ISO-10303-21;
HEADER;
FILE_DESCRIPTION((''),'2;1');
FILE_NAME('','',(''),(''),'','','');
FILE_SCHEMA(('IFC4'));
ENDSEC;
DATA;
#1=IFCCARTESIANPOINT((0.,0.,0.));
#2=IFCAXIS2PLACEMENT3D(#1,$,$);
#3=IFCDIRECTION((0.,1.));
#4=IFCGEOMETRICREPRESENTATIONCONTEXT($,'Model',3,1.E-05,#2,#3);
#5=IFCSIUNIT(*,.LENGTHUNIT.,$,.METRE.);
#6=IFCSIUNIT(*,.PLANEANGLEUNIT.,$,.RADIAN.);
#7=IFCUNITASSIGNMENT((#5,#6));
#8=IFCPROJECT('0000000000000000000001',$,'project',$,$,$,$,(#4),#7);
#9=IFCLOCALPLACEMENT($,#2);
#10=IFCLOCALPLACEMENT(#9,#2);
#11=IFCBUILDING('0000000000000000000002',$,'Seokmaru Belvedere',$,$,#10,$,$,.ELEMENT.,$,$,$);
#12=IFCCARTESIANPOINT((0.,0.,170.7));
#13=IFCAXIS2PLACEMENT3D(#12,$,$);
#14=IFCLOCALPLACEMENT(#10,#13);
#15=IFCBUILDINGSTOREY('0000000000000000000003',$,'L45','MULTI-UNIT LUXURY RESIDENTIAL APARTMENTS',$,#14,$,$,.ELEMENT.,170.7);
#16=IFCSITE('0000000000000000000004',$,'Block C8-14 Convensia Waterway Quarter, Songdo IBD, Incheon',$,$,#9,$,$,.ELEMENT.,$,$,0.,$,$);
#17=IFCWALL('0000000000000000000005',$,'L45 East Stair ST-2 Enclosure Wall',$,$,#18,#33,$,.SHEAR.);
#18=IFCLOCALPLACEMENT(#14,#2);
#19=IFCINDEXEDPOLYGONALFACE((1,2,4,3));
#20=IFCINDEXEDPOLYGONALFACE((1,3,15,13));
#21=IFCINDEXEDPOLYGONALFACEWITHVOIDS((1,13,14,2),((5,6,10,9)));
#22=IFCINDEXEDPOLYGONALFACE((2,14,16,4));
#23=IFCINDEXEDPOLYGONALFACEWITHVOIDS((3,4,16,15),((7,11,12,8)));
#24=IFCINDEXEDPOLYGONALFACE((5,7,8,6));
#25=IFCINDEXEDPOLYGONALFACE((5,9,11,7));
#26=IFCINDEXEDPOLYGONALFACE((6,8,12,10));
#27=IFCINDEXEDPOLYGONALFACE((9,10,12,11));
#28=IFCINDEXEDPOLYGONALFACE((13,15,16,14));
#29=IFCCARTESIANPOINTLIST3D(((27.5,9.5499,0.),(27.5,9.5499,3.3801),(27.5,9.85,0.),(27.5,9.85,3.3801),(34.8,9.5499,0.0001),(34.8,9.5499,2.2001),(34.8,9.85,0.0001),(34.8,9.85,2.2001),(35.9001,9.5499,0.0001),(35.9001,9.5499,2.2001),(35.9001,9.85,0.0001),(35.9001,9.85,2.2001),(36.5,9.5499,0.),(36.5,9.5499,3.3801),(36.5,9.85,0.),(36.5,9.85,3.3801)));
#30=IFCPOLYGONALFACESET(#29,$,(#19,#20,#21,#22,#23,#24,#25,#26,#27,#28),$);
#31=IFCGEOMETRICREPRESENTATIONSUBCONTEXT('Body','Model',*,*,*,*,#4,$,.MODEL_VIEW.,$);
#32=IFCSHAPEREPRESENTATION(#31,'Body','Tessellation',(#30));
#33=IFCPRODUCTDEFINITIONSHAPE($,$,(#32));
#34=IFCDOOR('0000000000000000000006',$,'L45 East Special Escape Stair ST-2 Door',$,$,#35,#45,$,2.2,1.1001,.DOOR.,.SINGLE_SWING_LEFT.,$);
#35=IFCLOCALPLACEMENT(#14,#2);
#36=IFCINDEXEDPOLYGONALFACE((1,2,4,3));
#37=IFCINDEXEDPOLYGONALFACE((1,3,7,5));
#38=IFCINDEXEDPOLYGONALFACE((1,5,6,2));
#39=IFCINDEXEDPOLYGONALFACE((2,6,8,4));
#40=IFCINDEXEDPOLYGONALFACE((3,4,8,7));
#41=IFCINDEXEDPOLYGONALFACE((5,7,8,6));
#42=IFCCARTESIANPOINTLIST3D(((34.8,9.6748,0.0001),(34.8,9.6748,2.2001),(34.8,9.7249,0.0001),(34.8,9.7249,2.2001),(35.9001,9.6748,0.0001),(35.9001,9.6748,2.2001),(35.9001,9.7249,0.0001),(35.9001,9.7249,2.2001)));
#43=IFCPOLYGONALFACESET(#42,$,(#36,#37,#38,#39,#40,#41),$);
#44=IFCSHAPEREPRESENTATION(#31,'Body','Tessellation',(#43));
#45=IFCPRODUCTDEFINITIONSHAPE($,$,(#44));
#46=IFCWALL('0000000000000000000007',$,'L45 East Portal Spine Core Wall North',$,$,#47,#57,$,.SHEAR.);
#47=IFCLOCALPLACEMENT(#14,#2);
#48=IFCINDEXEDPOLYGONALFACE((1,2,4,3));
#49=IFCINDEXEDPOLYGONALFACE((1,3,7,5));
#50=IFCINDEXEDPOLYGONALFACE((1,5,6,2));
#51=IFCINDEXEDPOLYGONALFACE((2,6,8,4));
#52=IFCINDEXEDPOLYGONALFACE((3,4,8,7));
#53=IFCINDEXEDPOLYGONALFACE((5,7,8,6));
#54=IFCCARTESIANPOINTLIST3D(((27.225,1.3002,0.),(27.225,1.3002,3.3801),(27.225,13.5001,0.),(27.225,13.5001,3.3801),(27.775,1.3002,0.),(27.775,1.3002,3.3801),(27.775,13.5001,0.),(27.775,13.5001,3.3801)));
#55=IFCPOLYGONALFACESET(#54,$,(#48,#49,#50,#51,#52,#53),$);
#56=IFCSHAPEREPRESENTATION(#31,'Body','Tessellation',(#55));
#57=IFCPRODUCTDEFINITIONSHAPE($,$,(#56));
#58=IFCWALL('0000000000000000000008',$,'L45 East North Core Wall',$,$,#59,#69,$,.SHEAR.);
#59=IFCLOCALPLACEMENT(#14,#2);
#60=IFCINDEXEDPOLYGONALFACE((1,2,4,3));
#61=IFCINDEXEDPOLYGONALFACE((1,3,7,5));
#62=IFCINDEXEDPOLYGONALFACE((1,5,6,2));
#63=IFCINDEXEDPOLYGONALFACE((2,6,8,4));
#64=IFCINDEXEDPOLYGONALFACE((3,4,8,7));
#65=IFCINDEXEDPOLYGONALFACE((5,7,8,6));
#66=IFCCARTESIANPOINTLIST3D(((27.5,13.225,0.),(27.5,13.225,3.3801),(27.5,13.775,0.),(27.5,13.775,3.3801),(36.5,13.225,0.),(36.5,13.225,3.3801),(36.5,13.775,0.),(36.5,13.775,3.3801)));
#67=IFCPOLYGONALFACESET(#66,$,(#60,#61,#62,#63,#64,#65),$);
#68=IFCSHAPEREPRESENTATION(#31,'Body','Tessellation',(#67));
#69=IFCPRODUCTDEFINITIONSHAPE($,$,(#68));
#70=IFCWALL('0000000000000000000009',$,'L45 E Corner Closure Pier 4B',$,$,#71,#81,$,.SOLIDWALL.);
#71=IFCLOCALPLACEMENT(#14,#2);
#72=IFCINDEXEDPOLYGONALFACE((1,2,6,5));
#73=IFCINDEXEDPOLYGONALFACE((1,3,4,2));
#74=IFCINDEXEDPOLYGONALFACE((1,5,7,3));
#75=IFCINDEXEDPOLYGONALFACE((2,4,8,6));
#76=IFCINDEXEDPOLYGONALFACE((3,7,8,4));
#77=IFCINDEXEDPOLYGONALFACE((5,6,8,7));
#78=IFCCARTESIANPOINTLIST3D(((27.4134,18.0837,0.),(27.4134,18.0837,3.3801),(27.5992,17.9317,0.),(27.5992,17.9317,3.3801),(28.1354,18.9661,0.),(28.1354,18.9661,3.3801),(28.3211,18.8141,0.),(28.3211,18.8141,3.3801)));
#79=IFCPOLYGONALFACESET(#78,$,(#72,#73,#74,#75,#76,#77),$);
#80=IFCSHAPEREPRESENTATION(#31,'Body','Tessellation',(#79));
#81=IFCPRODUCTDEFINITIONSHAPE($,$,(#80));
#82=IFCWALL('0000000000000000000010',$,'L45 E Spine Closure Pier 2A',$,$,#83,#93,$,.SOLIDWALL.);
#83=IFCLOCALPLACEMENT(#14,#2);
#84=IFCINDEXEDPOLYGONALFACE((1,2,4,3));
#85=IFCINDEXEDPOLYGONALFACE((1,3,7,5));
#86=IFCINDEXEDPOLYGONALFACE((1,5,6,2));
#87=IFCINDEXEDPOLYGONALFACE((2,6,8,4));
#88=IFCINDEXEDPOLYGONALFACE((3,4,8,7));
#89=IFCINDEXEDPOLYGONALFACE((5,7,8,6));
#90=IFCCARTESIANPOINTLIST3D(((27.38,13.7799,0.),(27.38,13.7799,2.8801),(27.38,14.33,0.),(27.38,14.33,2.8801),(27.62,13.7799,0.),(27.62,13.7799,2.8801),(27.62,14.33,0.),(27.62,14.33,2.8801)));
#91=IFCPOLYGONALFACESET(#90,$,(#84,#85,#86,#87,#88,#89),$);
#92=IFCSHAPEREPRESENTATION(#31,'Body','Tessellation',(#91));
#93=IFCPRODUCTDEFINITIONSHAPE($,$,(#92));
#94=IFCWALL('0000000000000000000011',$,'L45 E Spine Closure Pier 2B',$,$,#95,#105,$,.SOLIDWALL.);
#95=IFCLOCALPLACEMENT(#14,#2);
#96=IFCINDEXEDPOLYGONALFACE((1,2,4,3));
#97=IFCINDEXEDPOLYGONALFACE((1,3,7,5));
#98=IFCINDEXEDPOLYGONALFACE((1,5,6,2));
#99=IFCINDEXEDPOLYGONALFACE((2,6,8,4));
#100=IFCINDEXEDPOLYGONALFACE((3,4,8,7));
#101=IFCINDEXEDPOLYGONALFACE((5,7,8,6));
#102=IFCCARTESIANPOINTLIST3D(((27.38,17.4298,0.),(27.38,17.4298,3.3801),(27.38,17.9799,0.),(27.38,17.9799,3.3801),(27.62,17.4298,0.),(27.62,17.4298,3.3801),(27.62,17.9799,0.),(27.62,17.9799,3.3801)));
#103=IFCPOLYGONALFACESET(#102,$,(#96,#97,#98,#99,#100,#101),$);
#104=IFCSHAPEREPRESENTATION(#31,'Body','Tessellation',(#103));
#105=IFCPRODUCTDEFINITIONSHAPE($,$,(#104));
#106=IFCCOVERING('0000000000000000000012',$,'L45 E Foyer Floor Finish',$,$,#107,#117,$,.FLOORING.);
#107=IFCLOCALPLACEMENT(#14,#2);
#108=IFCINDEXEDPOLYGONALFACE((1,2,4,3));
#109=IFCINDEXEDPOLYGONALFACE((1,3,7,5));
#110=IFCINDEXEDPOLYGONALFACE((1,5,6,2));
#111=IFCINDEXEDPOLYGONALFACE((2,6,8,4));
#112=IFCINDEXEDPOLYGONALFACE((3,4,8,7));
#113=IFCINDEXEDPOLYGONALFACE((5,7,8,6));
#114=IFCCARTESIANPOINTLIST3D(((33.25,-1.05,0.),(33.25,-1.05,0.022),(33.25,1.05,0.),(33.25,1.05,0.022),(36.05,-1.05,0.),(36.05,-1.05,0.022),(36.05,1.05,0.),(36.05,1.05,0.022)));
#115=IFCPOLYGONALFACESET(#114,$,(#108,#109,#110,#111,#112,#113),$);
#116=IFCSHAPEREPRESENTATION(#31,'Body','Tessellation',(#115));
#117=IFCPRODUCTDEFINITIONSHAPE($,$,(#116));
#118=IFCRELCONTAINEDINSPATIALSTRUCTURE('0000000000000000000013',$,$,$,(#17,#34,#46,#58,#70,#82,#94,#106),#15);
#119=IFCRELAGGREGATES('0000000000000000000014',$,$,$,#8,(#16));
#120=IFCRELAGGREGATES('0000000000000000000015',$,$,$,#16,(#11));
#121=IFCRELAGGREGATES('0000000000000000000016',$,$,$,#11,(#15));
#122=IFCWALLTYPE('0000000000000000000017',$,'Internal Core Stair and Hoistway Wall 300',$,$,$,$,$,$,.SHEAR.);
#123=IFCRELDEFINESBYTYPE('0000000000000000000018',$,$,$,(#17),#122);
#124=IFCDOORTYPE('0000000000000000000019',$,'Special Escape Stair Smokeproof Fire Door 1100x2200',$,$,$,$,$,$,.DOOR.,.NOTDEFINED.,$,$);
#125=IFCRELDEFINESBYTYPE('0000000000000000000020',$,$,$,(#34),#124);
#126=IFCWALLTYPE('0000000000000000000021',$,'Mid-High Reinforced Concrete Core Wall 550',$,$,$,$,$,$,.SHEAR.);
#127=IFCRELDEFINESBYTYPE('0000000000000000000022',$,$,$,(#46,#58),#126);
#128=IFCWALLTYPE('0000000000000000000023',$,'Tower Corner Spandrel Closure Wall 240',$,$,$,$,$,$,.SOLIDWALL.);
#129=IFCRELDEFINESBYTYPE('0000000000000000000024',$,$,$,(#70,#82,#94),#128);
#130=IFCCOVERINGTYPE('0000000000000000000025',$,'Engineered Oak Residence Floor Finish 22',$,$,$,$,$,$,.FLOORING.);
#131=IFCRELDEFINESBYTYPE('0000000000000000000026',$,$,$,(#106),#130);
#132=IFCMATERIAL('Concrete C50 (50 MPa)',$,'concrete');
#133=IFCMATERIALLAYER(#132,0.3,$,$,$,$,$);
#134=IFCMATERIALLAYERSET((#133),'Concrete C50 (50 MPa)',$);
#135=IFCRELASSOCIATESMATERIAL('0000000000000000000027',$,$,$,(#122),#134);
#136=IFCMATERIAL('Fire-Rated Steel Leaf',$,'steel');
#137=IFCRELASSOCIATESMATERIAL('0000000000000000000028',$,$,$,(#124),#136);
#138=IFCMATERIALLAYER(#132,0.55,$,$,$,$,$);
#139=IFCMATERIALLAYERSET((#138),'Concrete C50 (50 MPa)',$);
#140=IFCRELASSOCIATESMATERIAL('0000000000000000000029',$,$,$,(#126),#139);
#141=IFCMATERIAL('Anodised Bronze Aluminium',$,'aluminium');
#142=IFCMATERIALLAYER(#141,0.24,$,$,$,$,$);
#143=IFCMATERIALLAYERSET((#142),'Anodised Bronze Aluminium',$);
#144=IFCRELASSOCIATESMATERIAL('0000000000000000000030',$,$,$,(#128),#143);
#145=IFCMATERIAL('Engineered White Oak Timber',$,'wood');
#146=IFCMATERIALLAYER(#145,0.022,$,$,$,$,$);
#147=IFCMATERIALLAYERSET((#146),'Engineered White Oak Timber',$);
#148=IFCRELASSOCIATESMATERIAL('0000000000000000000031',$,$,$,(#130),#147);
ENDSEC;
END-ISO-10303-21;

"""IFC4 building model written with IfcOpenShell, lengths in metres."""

from ifc_helpers import new_model, si_unit, direction, frame, frame_2d, origin, place, context, subcontext, project, spatial, polyline, rectangle, outline, extrude, source, transform, mapped, material, layer, layer_set, type_object, type_shapes, element, fill, save


model = new_model("IFC4")

# Units and contexts
model_context = context("Model", 3, precision=1e-05, world=origin(), true_north=direction((0.0, 1.0)))
body_context = subcontext(model_context, "Body", "Model", "MODEL_VIEW")
ifc_project = project(units=[si_unit("LENGTHUNIT", "METRE"), si_unit("PLANEANGLEUNIT", "RADIAN")], contexts=[model_context])

# Site, building, storey
site_placement = place(None, origin())
site = spatial("IfcSite", under=ifc_project, at=site_placement, Name="Block C8-14 Convensia Waterway Quarter, Songdo IBD, Incheon", CompositionType="ELEMENT", RefElevation=0.0)
building_placement = place(site_placement, origin())
building = spatial("IfcBuilding", under=site, at=building_placement, Name="Seokmaru Belvedere", CompositionType="ELEMENT")
storey_placement = place(building_placement, frame((0.0, 0.0, 170.7)))
storey = spatial("IfcBuildingStorey", under=building, at=storey_placement, Name="L45", Description="MULTI-UNIT LUXURY RESIDENTIAL APARTMENTS", CompositionType="ELEMENT", Elevation=170.7)

# Shared definitions
ifc_material_1 = material(Name="Anodised Bronze Aluminium", Category="aluminium")

# Shared definitions
ifc_material_2 = material(Name="Concrete C50 (50 MPa)", Category="concrete")

# Wall, opening, door
ifc_layer_1 = layer(ifc_material_2, 0.3)
ifc_layer_set_1 = layer_set([ifc_layer_1], Name="Concrete C50 (50 MPa)")
wall_type_1 = type_object("IfcWallType", Name="Internal Core Stair and Hoistway Wall 300", PredefinedType="SHEAR", material=ifc_layer_set_1)
wall_1_placement = place(storey_placement, frame((27.5, 9.7, 0.0), z_axis=(0.0, 0.0, 1.0), x_axis=(1.0, 0.0, 0.0)))
wall_1 = element("IfcWall", 1, at=wall_1_placement, inside=storey, type_object=wall_type_1, Name="L45 East Stair ST-2 Enclosure Wall", PredefinedType="SHEAR", context=body_context, shape_type="SweptSolid", body=[
    extrude(rectangle(XDim=9.0, YDim=0.3, at=frame_2d((4.5, 0.0))), origin(), (0.0, 0.0, 1.0), 3.3801),
])
opening_placement = place(wall_1_placement, frame((7.3, 0.0, 0.0)))
opening = element("IfcOpeningElement", 2, at=opening_placement, cuts=wall_1, PredefinedType="OPENING", context=body_context, shape_type="SweptSolid", body=[
    extrude(rectangle(XDim=1.1001, YDim=2.2, at=frame_2d((0.55, 1.1001))), frame((0.0, 0.1602, 0.0), z_axis=(0.0, -1.0, 0.0), x_axis=(1.0, 0.0, 0.0)), (0.0, 0.0, 1.0), 0.3201),
])
ifc_material_3 = material(Name="Fire-Rated Steel Leaf", Category="steel")
door_type = type_object("IfcDoorType", Name="Special Escape Stair Smokeproof Fire Door 1100x2200", OperationType="NOTDEFINED", PredefinedType="DOOR", material=ifc_material_3)
shared_shape_1 = source(origin(), body_context, "Body", "SweptSolid", [
    extrude(rectangle(XDim=1.1001, YDim=2.2, at=frame_2d((0.55, 1.1001))), frame((0.0, 0.0249, 0.0), z_axis=(0.0, -1.0, 0.0), x_axis=(1.0, 0.0, 0.0)), (0.0, 0.0, 1.0), 0.05),
])
type_shapes(door_type, [shared_shape_1])
door_placement = place(opening_placement, origin())
door = element("IfcDoor", 3, at=door_placement, inside=storey, type_object=door_type, Name="L45 East Special Escape Stair ST-2 Door", OperationType="SINGLE_SWING_LEFT", OverallHeight=2.2, OverallWidth=1.1001, PredefinedType="DOOR", context=body_context, shape_type="MappedRepresentation", body=[
    mapped(shared_shape_1, transform((0.0, 0.0, 0.0), scale=1.0)),
])
fill(opening, door)

# Walls
ifc_layer_2 = layer(ifc_material_2, 0.55)
ifc_layer_set_2 = layer_set([ifc_layer_2], Name="Concrete C50 (50 MPa)")
wall_type_2 = type_object("IfcWallType", Name="Mid-High Reinforced Concrete Core Wall 550", PredefinedType="SHEAR", material=ifc_layer_set_2)
wall_2_placement = place(storey_placement, frame((27.5, 1.3, 0.0), z_axis=(0.0, 0.0, 1.0), x_axis=(0.0, 1.0, 0.0)))
element("IfcWall", 4, at=wall_2_placement, inside=storey, type_object=wall_type_2, Name="L45 East Portal Spine Core Wall North", PredefinedType="SHEAR", context=body_context, shape_type="SweptSolid", body=[
    extrude(rectangle(XDim=12.2, YDim=0.55, at=frame_2d((6.1001, 0.0))), origin(), (0.0, 0.0, 1.0), 3.3801),
])
wall_3_placement = place(storey_placement, frame((27.5, 13.5, 0.0), z_axis=(0.0, 0.0, 1.0), x_axis=(1.0, 0.0, 0.0)))
element("IfcWall", 5, at=wall_3_placement, inside=storey, type_object=wall_type_2, Name="L45 East North Core Wall", PredefinedType="SHEAR", context=body_context, shape_type="SweptSolid", body=[
    extrude(rectangle(XDim=9.0, YDim=0.55, at=frame_2d((4.5, 0.0))), origin(), (0.0, 0.0, 1.0), 3.3801),
])
ifc_layer_3 = layer(ifc_material_1, 0.24)
ifc_layer_set_3 = layer_set([ifc_layer_3], Name="Anodised Bronze Aluminium")
wall_type_3 = type_object("IfcWallType", Name="Tower Corner Spandrel Closure Wall 240", PredefinedType="SOLIDWALL", material=ifc_layer_set_3)
wall_4_placement = place(storey_placement, frame((28.2283, 18.8901, 0.0), z_axis=(0.0, 0.0, 1.0), x_axis=(-0.633249, -0.773948, 0.0)))
element("IfcWall", 6, at=wall_4_placement, inside=storey, type_object=wall_type_3, Name="L45 E Corner Closure Pier 4B", PredefinedType="SOLIDWALL", context=body_context, shape_type="SweptSolid", body=[
    extrude(rectangle(XDim=1.1401, YDim=0.24, at=frame_2d((0.5701, 0.0))), origin(), (0.0, 0.0, 1.0), 3.3801),
])
wall_5_placement = place(storey_placement, frame((27.5, 13.78, 0.0), z_axis=(0.0, 0.0, 1.0), x_axis=(0.0, 1.0, 0.0)))
element("IfcWall", 7, at=wall_5_placement, inside=storey, type_object=wall_type_3, Name="L45 E Spine Closure Pier 2A", PredefinedType="SOLIDWALL", context=body_context, shape_type="SweptSolid", body=[
    extrude(rectangle(XDim=0.55, YDim=0.24, at=frame_2d((0.2749, 0.0))), origin(), (0.0, 0.0, 1.0), 2.8801),
])
wall_6_placement = place(storey_placement, frame((27.5, 17.4299, 0.0), z_axis=(0.0, 0.0, 1.0), x_axis=(0.0, 1.0, 0.0)))
element("IfcWall", 8, at=wall_6_placement, inside=storey, type_object=wall_type_3, Name="L45 E Spine Closure Pier 2B", PredefinedType="SOLIDWALL", context=body_context, shape_type="SweptSolid", body=[
    extrude(rectangle(XDim=0.55, YDim=0.24, at=frame_2d((0.2749, 0.0))), origin(), (0.0, 0.0, 1.0), 3.3801),
])

# Covering
ifc_material_4 = material(Name="Engineered White Oak Timber", Category="wood")
ifc_layer_4 = layer(ifc_material_4, 0.022)
ifc_layer_set_4 = layer_set([ifc_layer_4], Name="Engineered White Oak Timber")
covering_type = type_object("IfcCoveringType", Name="Engineered Oak Residence Floor Finish 22", PredefinedType="FLOORING", material=ifc_layer_set_4)
covering_placement = place(storey_placement, origin())
element("IfcCovering", 9, at=covering_placement, inside=storey, type_object=covering_type, Name="L45 E Foyer Floor Finish", PredefinedType="FLOORING", context=body_context, shape_type="SweptSolid", body=[
    extrude(outline(polyline([(33.25, -1.05), (36.05, -1.05), (36.05, 1.05), (33.25, 1.05), (33.25, -1.05)])), origin(), (0.0, 0.0, 1.0), 0.022),
])

save(model, "model.ifc")
